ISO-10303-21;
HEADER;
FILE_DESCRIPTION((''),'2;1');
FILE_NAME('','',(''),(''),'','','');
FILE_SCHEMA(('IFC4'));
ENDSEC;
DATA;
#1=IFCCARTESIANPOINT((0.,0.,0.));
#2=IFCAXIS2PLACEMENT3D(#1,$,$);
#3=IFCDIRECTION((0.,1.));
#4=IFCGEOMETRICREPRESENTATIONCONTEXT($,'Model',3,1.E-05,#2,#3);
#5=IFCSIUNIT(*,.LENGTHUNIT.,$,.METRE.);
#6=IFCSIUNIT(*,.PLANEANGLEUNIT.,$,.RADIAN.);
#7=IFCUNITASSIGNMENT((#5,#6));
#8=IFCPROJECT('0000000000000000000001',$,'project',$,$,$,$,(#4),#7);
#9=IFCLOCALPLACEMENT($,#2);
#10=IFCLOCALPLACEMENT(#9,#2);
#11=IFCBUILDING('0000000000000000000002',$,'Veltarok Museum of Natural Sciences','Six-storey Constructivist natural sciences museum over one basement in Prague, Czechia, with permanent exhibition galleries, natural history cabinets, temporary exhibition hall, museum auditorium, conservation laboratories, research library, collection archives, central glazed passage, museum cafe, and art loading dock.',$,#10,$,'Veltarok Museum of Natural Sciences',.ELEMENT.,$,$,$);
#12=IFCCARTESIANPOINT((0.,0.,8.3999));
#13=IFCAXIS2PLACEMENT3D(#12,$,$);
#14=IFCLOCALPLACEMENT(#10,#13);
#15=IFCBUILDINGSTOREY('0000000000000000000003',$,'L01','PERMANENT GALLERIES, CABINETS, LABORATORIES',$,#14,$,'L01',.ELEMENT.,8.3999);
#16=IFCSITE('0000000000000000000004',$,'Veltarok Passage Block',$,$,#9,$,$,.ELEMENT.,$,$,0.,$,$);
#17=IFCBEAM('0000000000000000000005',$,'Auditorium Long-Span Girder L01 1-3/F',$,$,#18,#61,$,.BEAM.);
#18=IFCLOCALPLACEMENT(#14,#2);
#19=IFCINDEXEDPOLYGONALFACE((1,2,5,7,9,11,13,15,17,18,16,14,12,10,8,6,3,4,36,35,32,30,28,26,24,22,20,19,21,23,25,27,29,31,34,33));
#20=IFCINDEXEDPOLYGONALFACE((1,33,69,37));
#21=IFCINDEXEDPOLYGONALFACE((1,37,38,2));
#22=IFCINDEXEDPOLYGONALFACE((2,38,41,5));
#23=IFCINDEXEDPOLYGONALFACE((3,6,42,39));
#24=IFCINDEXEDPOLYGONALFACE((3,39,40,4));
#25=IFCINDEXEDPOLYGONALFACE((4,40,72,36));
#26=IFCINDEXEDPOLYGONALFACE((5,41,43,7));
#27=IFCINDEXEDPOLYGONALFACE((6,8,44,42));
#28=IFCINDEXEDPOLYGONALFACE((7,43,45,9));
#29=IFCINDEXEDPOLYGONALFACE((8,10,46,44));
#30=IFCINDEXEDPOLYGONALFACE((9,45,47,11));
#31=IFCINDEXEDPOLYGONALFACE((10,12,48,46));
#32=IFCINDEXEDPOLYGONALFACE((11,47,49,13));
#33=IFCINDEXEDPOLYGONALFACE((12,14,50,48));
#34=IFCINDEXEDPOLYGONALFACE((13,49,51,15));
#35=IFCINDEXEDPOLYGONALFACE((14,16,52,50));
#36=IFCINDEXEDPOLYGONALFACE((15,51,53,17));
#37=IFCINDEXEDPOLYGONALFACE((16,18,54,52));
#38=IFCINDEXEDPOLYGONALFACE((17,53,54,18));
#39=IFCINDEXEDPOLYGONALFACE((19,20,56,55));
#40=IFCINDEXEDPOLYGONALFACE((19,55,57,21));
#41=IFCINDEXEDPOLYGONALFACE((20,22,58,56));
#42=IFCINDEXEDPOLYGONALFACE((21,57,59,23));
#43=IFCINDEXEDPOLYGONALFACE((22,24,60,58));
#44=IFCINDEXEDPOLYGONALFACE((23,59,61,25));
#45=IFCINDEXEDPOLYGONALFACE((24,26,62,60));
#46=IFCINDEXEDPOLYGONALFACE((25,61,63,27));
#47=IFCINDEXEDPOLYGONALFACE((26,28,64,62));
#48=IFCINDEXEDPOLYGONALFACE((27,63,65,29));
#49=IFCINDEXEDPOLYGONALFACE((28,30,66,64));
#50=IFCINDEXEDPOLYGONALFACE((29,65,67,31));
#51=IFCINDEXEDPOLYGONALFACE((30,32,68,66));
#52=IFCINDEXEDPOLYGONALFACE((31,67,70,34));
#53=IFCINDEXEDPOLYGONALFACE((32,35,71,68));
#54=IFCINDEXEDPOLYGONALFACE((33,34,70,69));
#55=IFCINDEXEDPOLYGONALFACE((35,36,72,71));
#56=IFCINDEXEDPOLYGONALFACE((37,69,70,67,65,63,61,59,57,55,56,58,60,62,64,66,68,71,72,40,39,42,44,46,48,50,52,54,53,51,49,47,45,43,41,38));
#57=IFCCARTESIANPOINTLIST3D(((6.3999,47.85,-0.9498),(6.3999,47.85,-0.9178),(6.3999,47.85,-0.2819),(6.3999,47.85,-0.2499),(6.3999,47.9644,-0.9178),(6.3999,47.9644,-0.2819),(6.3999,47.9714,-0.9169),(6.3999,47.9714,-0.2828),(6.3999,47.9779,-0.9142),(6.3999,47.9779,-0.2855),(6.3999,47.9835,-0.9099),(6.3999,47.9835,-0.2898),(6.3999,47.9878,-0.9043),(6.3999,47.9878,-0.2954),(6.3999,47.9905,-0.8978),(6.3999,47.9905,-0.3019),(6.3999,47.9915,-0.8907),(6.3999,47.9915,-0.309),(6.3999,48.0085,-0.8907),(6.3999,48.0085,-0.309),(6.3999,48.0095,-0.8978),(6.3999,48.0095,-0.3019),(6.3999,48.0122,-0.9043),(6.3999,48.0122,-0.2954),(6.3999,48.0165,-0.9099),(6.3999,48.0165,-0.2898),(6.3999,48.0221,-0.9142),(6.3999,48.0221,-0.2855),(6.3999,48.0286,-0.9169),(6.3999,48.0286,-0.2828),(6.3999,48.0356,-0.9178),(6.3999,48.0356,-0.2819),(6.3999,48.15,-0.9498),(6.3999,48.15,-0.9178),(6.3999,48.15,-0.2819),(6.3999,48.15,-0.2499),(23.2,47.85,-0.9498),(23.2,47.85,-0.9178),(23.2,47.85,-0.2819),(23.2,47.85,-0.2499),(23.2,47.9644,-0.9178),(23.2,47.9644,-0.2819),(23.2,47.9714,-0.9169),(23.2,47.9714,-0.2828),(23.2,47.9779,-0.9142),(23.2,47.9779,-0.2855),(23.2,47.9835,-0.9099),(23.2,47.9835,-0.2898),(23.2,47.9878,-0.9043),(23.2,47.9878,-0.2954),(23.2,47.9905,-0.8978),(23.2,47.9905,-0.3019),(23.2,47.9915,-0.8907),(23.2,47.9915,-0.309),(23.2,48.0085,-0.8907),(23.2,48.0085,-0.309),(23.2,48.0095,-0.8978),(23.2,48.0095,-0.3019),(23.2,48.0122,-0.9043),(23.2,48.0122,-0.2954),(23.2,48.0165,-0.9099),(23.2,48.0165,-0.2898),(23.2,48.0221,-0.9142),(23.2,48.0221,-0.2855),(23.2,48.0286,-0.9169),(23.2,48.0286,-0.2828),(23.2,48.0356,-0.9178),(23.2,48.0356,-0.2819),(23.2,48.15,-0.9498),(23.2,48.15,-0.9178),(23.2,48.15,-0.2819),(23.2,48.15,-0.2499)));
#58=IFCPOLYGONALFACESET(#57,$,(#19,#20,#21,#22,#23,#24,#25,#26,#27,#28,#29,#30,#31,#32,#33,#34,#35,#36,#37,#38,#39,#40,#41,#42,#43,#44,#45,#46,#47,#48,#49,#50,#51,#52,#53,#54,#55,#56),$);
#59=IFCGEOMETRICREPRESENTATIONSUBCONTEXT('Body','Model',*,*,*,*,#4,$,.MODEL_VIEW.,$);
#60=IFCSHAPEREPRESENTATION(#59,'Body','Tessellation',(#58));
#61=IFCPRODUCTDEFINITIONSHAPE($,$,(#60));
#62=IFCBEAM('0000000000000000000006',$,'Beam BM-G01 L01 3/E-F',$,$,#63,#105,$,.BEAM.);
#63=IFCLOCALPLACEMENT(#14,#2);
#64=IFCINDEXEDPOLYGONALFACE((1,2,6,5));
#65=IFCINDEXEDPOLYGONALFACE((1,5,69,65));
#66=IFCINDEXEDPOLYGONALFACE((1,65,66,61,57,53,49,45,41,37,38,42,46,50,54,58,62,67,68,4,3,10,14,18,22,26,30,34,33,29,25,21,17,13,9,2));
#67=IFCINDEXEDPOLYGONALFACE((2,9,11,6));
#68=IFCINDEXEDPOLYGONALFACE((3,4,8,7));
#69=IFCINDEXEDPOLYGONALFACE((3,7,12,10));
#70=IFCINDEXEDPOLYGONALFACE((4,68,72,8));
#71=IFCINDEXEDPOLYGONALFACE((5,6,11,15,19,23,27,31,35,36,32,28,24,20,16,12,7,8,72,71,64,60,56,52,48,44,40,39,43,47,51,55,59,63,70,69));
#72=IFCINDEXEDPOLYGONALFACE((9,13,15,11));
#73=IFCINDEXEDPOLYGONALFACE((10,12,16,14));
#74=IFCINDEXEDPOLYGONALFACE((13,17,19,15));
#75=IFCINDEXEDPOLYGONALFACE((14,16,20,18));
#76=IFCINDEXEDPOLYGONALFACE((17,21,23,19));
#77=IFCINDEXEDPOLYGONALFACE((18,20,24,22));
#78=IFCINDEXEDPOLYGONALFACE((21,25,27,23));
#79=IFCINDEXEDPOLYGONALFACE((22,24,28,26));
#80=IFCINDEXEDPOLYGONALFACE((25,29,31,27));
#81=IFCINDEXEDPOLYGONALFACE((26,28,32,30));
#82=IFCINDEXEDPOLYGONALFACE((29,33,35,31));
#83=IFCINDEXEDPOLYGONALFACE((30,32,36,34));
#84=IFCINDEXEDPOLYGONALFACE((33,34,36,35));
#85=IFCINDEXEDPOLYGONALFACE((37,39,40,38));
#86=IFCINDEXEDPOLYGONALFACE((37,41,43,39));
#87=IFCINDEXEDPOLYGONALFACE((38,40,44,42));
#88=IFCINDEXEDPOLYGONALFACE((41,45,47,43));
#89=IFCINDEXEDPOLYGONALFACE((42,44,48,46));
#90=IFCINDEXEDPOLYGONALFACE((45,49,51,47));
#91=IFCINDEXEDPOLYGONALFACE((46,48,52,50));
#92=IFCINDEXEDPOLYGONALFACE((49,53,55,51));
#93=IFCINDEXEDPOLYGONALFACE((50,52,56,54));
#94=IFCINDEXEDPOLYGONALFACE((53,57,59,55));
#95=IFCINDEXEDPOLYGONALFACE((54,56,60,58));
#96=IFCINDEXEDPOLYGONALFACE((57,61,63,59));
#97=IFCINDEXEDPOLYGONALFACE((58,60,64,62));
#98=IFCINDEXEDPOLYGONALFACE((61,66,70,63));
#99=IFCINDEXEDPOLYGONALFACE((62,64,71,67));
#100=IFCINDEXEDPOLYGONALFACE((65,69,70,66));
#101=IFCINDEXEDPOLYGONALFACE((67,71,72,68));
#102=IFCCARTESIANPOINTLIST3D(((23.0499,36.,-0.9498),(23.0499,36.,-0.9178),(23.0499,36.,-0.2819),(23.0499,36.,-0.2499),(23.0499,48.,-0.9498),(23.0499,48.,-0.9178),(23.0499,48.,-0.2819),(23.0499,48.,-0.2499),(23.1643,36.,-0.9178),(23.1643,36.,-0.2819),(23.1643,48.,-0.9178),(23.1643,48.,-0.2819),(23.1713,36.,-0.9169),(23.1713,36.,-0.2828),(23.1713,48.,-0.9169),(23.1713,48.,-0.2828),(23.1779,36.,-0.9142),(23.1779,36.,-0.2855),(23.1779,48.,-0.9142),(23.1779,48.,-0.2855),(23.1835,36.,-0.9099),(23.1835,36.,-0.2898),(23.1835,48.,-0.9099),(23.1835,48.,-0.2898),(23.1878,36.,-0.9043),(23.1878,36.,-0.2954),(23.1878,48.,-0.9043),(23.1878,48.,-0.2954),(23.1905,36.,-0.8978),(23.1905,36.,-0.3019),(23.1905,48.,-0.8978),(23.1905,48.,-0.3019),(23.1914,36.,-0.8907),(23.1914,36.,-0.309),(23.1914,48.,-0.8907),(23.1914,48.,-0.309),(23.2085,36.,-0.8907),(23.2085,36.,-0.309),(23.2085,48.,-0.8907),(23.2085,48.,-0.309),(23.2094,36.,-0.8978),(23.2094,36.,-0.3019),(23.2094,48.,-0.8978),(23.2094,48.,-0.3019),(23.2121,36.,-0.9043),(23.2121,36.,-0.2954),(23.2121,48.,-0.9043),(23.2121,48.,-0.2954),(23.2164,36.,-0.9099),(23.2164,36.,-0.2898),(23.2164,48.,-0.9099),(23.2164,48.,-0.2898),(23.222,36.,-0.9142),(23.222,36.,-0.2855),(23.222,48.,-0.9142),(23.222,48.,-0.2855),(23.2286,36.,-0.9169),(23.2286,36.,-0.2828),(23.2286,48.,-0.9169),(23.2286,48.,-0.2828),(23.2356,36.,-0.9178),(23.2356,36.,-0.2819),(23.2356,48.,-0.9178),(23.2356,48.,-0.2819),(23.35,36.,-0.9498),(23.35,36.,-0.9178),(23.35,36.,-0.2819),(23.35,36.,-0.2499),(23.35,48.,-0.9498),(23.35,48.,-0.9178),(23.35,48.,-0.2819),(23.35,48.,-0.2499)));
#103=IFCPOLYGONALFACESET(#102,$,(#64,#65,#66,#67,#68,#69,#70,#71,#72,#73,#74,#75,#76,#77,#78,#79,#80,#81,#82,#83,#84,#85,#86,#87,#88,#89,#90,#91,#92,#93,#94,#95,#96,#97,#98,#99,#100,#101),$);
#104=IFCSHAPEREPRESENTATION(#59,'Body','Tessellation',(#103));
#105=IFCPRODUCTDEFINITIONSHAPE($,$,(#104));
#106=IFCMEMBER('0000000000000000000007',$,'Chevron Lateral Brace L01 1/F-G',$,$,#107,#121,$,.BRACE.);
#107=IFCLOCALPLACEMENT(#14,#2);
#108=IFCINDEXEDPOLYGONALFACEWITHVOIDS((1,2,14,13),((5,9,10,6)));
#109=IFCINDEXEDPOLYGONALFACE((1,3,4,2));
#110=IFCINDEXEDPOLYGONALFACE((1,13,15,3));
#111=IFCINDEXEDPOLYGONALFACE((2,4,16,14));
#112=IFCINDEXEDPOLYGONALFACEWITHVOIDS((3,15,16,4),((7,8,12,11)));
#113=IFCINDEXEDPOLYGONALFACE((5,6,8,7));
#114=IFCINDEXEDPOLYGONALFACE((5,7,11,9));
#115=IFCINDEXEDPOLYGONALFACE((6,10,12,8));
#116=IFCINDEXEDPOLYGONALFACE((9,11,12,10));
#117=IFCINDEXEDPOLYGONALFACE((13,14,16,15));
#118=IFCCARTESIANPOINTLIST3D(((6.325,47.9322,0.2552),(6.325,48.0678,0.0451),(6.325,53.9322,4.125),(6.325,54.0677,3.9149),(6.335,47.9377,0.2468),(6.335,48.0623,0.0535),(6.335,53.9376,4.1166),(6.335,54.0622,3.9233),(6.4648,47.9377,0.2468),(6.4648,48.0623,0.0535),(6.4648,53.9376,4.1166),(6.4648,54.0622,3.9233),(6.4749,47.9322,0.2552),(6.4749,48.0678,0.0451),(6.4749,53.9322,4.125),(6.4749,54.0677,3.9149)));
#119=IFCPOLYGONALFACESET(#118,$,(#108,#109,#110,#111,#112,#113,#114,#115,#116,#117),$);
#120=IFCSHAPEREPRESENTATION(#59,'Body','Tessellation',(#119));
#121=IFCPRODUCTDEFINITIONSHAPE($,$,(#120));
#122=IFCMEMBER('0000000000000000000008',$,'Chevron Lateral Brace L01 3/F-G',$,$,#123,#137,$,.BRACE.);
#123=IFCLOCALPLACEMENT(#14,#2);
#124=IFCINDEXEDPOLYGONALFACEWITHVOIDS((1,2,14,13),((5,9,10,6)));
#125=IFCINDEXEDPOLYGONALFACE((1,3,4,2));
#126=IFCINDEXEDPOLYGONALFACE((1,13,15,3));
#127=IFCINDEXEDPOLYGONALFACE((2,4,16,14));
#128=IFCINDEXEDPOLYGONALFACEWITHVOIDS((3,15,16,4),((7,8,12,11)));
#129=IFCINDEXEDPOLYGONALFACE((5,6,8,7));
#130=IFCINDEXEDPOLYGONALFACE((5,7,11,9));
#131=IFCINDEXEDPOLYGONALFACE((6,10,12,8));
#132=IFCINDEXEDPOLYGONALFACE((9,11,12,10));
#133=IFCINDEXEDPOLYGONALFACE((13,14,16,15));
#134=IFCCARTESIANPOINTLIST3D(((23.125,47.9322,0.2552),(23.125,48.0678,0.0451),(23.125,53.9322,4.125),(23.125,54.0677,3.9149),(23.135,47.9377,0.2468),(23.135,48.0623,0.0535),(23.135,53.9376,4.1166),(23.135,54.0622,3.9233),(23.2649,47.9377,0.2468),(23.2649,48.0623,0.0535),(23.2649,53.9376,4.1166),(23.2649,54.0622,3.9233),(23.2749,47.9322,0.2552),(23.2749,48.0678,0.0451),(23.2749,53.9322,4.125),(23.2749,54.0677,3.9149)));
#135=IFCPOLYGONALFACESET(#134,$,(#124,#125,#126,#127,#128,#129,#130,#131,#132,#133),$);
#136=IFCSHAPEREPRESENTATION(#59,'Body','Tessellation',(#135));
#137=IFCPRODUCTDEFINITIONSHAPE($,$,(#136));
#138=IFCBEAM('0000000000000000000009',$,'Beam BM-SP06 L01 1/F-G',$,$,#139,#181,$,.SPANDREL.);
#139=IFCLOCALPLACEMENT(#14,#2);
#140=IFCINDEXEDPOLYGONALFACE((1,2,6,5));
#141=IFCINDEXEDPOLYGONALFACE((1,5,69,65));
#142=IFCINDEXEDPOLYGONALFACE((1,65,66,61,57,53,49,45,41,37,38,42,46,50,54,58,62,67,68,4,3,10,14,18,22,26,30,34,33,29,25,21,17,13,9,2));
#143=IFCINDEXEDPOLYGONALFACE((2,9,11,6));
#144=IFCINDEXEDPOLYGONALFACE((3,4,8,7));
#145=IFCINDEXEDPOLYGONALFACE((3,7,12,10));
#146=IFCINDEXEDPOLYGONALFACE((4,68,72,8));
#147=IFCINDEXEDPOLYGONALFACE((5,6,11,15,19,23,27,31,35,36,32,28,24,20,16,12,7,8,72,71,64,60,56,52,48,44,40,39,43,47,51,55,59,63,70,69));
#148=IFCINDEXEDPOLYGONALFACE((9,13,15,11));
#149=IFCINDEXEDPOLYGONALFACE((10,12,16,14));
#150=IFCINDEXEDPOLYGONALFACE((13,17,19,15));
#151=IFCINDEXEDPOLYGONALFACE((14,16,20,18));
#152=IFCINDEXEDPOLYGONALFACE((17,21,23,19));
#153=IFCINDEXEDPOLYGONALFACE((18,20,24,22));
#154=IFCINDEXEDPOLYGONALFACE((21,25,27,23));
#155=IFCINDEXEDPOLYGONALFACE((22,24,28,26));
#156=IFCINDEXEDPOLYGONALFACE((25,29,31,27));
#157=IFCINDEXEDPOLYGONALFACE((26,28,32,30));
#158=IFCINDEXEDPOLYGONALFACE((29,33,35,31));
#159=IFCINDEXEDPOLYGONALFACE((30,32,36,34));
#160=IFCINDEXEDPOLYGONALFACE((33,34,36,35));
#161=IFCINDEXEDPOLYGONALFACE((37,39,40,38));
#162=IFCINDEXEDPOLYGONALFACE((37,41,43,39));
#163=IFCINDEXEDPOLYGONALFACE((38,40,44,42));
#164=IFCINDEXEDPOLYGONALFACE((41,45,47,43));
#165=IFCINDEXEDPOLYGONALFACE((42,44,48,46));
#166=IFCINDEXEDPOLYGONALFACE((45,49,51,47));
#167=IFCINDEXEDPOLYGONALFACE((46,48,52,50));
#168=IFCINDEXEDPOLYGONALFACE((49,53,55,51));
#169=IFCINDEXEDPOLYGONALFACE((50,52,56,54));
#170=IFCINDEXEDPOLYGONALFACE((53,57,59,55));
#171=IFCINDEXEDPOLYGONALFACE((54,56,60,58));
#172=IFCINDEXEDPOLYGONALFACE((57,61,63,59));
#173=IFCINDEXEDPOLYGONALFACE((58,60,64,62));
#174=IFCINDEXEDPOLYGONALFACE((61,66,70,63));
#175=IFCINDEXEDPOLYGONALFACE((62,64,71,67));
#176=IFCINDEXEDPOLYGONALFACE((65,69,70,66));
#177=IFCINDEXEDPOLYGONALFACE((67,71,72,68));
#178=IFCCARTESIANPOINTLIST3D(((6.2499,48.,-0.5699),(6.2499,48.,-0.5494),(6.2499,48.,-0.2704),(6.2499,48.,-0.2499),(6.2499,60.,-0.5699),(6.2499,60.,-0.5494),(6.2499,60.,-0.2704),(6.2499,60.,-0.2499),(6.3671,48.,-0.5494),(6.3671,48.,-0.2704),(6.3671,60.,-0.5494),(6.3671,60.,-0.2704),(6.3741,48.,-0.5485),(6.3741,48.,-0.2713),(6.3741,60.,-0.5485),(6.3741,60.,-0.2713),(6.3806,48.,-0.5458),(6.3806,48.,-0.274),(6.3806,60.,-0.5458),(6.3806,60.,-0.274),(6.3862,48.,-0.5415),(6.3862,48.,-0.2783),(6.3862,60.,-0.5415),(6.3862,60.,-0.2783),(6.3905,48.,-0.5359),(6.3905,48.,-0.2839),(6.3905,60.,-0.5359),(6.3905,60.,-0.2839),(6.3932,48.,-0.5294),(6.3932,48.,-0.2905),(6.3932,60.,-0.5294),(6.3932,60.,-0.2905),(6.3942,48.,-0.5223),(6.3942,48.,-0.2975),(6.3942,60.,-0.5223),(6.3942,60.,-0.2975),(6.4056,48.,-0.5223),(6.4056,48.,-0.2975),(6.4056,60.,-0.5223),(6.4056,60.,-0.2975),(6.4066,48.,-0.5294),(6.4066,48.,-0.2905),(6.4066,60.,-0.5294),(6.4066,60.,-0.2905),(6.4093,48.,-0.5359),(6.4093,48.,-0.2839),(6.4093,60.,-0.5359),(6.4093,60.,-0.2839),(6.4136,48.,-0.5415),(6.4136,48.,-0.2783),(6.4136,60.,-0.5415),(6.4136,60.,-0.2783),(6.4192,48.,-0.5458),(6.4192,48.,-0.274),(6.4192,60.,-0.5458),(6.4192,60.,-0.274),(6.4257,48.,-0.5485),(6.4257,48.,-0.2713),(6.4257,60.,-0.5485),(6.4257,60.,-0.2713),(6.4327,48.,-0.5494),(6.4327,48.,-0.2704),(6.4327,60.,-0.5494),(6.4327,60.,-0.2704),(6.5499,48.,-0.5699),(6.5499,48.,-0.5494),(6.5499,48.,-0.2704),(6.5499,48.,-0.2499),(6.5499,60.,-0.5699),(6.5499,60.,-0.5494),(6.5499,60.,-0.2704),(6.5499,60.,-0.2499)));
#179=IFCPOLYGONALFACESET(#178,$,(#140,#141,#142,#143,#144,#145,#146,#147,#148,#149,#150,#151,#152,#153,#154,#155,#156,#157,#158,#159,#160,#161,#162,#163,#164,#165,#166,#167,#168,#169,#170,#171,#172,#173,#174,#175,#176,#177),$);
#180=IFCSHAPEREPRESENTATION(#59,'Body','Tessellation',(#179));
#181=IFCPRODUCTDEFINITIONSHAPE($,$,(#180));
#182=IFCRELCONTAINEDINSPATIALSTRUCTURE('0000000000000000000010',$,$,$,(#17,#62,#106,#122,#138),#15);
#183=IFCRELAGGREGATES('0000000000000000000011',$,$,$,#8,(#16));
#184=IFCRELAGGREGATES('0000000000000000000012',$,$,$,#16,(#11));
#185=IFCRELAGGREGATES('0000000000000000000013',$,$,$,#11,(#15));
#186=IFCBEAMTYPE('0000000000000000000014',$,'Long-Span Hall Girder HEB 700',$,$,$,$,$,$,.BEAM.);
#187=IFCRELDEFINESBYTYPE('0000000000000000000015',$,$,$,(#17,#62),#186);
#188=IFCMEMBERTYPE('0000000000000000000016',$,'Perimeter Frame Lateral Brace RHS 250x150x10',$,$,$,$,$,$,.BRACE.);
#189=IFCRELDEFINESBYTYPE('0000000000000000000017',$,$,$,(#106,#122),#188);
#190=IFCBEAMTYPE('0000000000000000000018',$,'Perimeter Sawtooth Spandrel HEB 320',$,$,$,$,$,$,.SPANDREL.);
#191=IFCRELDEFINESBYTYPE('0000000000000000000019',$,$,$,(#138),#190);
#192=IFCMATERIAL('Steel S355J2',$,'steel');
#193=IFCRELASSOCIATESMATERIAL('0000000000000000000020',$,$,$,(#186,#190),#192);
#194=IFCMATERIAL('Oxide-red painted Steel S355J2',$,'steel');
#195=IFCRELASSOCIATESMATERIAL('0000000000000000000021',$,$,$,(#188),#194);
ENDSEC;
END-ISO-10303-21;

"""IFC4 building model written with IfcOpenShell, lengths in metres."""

from ifc_helpers import new_model, si_unit, direction, frame, origin, origin_2d, place, context, subcontext, project, spatial, hollow_rectangle, i_section, extrude, material, material_profile, profile_set, type_object, element, save


model = new_model("IFC4")

# Units and contexts
model_context = context("Model", 3, precision=1e-05, world=origin(), true_north=direction((0.0, 1.0)))
body_context = subcontext(model_context, "Body", "Model", "MODEL_VIEW")
ifc_project = project(units=[si_unit("LENGTHUNIT", "METRE"), si_unit("PLANEANGLEUNIT", "RADIAN")], contexts=[model_context])

# Site, building, storey
site_placement = place(None, origin())
site = spatial("IfcSite", under=ifc_project, at=site_placement, Name="Veltarok Passage Block", CompositionType="ELEMENT", RefElevation=0.0)
building_placement = place(site_placement, origin())
building = spatial("IfcBuilding", under=site, at=building_placement, Name="Veltarok Museum of Natural Sciences", Description="Six-storey Constructivist natural sciences museum over one basement in Prague, Czechia, with permanent exhibition galleries, natural history cabinets, temporary exhibition hall, museum auditorium, conservation laboratories, research library, collection archives, central glazed passage, museum cafe, and art loading dock.", LongName="Veltarok Museum of Natural Sciences", CompositionType="ELEMENT")
storey_placement = place(building_placement, frame((0.0, 0.0, 8.3999)))
storey = spatial("IfcBuildingStorey", under=building, at=storey_placement, Name="L01", Description="PERMANENT GALLERIES, CABINETS, LABORATORIES", LongName="L01", CompositionType="ELEMENT", Elevation=8.3999)

# Shared definitions
ifc_material_1 = material(Name="Steel S355J2", Category="steel")

# Beams
ifc_material_profile_1 = material_profile(ifc_material_1, i_section(OverallWidth=0.3, OverallDepth=0.7, WebThickness=0.0171, FlangeThickness=0.032, FilletRadius=0.0271, at=origin_2d()), Name="HEB 700")
ifc_profile_set_1 = profile_set([ifc_material_profile_1], Name="Steel S355J2")
beam_type_1 = type_object("IfcBeamType", Name="Long-Span Hall Girder HEB 700", PredefinedType="BEAM", material=ifc_profile_set_1)
beam_1_placement = place(storey_placement, frame((6.3999, 48.0, -0.5999), z_axis=(1.0, 0.0, 0.0), x_axis=(0.0, 1.0, 0.0)))
element("IfcBeam", 1, at=beam_1_placement, inside=storey, type_object=beam_type_1, Name="Auditorium Long-Span Girder L01 1-3/F", PredefinedType="BEAM", context=body_context, shape_type="SweptSolid", body=[
    extrude(i_section(OverallWidth=0.3, OverallDepth=0.7, WebThickness=0.0171, FlangeThickness=0.032, FilletRadius=0.0271, at=origin_2d()), origin(), (0.0, 0.0, 1.0), 16.8),
])
beam_2_placement = place(storey_placement, frame((23.2, 36.0, -0.5999), z_axis=(0.0, 1.0, 0.0), x_axis=(-1.0, 0.0, 0.0)))
element("IfcBeam", 2, at=beam_2_placement, inside=storey, type_object=beam_type_1, Name="Beam BM-G01 L01 3/E-F", PredefinedType="BEAM", context=body_context, shape_type="SweptSolid", body=[
    extrude(i_section(OverallWidth=0.3, OverallDepth=0.7, WebThickness=0.0171, FlangeThickness=0.032, FilletRadius=0.0271, at=origin_2d()), origin(), (0.0, 0.0, 1.0), 12.0),
])

# Members
ifc_material_2 = material(Name="Oxide-red painted Steel S355J2", Category="steel")
ifc_material_profile_2 = material_profile(ifc_material_2, hollow_rectangle(XDim=0.1499, YDim=0.25, WallThickness=0.01, at=origin_2d()), Name="RHS 250x150x10")
ifc_profile_set_2 = profile_set([ifc_material_profile_2], Name="Oxide-red painted Steel S355J2")
member_type = type_object("IfcMemberType", Name="Perimeter Frame Lateral Brace RHS 250x150x10", PredefinedType="BRACE", material=ifc_profile_set_2)
for number, where, z_axis, x_axis, name in (
    (3, (6.3999, 48.0, 0.1501), (0.0, 0.840366, 0.542019), (-1.0, 0.0, 0.0), "Chevron Lateral Brace L01 1/F-G"),
    (4, (23.2, 48.0, 0.1501), (0.0, 0.840366, 0.542019), (-1.0, 0.0, 0.0), "Chevron Lateral Brace L01 3/F-G"),
):
    element("IfcMember", number, at=place(storey_placement, frame(where, z_axis=z_axis, x_axis=x_axis)), inside=storey, type_object=member_type, Name=name, PredefinedType="BRACE", context=body_context, shape_type="SweptSolid", body=[
        extrude(hollow_rectangle(XDim=0.1499, YDim=0.25, WallThickness=0.01, at=origin_2d()), origin(), (0.0, 0.0, 1.0), 7.1396),
    ])

# Beam
ifc_material_profile_3 = material_profile(ifc_material_1, i_section(OverallWidth=0.3, OverallDepth=0.3201, WebThickness=0.0115, FlangeThickness=0.0205, FilletRadius=0.0271, at=origin_2d()), Name="HEB 320")
ifc_profile_set_3 = profile_set([ifc_material_profile_3], Name="Steel S355J2")
beam_type_2 = type_object("IfcBeamType", Name="Perimeter Sawtooth Spandrel HEB 320", PredefinedType="SPANDREL", material=ifc_profile_set_3)
for number, where, z_axis, x_axis, name in (
    (5, (6.3999, 48.0, -0.4099), (0.0, 1.0, 0.0), (-1.0, 0.0, 0.0), "Beam BM-SP06 L01 1/F-G"),
):
    element("IfcBeam", number, at=place(storey_placement, frame(where, z_axis=z_axis, x_axis=x_axis)), inside=storey, type_object=beam_type_2, Name=name, PredefinedType="SPANDREL", context=body_context, shape_type="SweptSolid", body=[
        extrude(i_section(OverallWidth=0.3, OverallDepth=0.3201, WebThickness=0.0115, FlangeThickness=0.0205, FilletRadius=0.0271, at=origin_2d()), origin(), (0.0, 0.0, 1.0), 12.0),
    ])

save(model, "model.ifc")
